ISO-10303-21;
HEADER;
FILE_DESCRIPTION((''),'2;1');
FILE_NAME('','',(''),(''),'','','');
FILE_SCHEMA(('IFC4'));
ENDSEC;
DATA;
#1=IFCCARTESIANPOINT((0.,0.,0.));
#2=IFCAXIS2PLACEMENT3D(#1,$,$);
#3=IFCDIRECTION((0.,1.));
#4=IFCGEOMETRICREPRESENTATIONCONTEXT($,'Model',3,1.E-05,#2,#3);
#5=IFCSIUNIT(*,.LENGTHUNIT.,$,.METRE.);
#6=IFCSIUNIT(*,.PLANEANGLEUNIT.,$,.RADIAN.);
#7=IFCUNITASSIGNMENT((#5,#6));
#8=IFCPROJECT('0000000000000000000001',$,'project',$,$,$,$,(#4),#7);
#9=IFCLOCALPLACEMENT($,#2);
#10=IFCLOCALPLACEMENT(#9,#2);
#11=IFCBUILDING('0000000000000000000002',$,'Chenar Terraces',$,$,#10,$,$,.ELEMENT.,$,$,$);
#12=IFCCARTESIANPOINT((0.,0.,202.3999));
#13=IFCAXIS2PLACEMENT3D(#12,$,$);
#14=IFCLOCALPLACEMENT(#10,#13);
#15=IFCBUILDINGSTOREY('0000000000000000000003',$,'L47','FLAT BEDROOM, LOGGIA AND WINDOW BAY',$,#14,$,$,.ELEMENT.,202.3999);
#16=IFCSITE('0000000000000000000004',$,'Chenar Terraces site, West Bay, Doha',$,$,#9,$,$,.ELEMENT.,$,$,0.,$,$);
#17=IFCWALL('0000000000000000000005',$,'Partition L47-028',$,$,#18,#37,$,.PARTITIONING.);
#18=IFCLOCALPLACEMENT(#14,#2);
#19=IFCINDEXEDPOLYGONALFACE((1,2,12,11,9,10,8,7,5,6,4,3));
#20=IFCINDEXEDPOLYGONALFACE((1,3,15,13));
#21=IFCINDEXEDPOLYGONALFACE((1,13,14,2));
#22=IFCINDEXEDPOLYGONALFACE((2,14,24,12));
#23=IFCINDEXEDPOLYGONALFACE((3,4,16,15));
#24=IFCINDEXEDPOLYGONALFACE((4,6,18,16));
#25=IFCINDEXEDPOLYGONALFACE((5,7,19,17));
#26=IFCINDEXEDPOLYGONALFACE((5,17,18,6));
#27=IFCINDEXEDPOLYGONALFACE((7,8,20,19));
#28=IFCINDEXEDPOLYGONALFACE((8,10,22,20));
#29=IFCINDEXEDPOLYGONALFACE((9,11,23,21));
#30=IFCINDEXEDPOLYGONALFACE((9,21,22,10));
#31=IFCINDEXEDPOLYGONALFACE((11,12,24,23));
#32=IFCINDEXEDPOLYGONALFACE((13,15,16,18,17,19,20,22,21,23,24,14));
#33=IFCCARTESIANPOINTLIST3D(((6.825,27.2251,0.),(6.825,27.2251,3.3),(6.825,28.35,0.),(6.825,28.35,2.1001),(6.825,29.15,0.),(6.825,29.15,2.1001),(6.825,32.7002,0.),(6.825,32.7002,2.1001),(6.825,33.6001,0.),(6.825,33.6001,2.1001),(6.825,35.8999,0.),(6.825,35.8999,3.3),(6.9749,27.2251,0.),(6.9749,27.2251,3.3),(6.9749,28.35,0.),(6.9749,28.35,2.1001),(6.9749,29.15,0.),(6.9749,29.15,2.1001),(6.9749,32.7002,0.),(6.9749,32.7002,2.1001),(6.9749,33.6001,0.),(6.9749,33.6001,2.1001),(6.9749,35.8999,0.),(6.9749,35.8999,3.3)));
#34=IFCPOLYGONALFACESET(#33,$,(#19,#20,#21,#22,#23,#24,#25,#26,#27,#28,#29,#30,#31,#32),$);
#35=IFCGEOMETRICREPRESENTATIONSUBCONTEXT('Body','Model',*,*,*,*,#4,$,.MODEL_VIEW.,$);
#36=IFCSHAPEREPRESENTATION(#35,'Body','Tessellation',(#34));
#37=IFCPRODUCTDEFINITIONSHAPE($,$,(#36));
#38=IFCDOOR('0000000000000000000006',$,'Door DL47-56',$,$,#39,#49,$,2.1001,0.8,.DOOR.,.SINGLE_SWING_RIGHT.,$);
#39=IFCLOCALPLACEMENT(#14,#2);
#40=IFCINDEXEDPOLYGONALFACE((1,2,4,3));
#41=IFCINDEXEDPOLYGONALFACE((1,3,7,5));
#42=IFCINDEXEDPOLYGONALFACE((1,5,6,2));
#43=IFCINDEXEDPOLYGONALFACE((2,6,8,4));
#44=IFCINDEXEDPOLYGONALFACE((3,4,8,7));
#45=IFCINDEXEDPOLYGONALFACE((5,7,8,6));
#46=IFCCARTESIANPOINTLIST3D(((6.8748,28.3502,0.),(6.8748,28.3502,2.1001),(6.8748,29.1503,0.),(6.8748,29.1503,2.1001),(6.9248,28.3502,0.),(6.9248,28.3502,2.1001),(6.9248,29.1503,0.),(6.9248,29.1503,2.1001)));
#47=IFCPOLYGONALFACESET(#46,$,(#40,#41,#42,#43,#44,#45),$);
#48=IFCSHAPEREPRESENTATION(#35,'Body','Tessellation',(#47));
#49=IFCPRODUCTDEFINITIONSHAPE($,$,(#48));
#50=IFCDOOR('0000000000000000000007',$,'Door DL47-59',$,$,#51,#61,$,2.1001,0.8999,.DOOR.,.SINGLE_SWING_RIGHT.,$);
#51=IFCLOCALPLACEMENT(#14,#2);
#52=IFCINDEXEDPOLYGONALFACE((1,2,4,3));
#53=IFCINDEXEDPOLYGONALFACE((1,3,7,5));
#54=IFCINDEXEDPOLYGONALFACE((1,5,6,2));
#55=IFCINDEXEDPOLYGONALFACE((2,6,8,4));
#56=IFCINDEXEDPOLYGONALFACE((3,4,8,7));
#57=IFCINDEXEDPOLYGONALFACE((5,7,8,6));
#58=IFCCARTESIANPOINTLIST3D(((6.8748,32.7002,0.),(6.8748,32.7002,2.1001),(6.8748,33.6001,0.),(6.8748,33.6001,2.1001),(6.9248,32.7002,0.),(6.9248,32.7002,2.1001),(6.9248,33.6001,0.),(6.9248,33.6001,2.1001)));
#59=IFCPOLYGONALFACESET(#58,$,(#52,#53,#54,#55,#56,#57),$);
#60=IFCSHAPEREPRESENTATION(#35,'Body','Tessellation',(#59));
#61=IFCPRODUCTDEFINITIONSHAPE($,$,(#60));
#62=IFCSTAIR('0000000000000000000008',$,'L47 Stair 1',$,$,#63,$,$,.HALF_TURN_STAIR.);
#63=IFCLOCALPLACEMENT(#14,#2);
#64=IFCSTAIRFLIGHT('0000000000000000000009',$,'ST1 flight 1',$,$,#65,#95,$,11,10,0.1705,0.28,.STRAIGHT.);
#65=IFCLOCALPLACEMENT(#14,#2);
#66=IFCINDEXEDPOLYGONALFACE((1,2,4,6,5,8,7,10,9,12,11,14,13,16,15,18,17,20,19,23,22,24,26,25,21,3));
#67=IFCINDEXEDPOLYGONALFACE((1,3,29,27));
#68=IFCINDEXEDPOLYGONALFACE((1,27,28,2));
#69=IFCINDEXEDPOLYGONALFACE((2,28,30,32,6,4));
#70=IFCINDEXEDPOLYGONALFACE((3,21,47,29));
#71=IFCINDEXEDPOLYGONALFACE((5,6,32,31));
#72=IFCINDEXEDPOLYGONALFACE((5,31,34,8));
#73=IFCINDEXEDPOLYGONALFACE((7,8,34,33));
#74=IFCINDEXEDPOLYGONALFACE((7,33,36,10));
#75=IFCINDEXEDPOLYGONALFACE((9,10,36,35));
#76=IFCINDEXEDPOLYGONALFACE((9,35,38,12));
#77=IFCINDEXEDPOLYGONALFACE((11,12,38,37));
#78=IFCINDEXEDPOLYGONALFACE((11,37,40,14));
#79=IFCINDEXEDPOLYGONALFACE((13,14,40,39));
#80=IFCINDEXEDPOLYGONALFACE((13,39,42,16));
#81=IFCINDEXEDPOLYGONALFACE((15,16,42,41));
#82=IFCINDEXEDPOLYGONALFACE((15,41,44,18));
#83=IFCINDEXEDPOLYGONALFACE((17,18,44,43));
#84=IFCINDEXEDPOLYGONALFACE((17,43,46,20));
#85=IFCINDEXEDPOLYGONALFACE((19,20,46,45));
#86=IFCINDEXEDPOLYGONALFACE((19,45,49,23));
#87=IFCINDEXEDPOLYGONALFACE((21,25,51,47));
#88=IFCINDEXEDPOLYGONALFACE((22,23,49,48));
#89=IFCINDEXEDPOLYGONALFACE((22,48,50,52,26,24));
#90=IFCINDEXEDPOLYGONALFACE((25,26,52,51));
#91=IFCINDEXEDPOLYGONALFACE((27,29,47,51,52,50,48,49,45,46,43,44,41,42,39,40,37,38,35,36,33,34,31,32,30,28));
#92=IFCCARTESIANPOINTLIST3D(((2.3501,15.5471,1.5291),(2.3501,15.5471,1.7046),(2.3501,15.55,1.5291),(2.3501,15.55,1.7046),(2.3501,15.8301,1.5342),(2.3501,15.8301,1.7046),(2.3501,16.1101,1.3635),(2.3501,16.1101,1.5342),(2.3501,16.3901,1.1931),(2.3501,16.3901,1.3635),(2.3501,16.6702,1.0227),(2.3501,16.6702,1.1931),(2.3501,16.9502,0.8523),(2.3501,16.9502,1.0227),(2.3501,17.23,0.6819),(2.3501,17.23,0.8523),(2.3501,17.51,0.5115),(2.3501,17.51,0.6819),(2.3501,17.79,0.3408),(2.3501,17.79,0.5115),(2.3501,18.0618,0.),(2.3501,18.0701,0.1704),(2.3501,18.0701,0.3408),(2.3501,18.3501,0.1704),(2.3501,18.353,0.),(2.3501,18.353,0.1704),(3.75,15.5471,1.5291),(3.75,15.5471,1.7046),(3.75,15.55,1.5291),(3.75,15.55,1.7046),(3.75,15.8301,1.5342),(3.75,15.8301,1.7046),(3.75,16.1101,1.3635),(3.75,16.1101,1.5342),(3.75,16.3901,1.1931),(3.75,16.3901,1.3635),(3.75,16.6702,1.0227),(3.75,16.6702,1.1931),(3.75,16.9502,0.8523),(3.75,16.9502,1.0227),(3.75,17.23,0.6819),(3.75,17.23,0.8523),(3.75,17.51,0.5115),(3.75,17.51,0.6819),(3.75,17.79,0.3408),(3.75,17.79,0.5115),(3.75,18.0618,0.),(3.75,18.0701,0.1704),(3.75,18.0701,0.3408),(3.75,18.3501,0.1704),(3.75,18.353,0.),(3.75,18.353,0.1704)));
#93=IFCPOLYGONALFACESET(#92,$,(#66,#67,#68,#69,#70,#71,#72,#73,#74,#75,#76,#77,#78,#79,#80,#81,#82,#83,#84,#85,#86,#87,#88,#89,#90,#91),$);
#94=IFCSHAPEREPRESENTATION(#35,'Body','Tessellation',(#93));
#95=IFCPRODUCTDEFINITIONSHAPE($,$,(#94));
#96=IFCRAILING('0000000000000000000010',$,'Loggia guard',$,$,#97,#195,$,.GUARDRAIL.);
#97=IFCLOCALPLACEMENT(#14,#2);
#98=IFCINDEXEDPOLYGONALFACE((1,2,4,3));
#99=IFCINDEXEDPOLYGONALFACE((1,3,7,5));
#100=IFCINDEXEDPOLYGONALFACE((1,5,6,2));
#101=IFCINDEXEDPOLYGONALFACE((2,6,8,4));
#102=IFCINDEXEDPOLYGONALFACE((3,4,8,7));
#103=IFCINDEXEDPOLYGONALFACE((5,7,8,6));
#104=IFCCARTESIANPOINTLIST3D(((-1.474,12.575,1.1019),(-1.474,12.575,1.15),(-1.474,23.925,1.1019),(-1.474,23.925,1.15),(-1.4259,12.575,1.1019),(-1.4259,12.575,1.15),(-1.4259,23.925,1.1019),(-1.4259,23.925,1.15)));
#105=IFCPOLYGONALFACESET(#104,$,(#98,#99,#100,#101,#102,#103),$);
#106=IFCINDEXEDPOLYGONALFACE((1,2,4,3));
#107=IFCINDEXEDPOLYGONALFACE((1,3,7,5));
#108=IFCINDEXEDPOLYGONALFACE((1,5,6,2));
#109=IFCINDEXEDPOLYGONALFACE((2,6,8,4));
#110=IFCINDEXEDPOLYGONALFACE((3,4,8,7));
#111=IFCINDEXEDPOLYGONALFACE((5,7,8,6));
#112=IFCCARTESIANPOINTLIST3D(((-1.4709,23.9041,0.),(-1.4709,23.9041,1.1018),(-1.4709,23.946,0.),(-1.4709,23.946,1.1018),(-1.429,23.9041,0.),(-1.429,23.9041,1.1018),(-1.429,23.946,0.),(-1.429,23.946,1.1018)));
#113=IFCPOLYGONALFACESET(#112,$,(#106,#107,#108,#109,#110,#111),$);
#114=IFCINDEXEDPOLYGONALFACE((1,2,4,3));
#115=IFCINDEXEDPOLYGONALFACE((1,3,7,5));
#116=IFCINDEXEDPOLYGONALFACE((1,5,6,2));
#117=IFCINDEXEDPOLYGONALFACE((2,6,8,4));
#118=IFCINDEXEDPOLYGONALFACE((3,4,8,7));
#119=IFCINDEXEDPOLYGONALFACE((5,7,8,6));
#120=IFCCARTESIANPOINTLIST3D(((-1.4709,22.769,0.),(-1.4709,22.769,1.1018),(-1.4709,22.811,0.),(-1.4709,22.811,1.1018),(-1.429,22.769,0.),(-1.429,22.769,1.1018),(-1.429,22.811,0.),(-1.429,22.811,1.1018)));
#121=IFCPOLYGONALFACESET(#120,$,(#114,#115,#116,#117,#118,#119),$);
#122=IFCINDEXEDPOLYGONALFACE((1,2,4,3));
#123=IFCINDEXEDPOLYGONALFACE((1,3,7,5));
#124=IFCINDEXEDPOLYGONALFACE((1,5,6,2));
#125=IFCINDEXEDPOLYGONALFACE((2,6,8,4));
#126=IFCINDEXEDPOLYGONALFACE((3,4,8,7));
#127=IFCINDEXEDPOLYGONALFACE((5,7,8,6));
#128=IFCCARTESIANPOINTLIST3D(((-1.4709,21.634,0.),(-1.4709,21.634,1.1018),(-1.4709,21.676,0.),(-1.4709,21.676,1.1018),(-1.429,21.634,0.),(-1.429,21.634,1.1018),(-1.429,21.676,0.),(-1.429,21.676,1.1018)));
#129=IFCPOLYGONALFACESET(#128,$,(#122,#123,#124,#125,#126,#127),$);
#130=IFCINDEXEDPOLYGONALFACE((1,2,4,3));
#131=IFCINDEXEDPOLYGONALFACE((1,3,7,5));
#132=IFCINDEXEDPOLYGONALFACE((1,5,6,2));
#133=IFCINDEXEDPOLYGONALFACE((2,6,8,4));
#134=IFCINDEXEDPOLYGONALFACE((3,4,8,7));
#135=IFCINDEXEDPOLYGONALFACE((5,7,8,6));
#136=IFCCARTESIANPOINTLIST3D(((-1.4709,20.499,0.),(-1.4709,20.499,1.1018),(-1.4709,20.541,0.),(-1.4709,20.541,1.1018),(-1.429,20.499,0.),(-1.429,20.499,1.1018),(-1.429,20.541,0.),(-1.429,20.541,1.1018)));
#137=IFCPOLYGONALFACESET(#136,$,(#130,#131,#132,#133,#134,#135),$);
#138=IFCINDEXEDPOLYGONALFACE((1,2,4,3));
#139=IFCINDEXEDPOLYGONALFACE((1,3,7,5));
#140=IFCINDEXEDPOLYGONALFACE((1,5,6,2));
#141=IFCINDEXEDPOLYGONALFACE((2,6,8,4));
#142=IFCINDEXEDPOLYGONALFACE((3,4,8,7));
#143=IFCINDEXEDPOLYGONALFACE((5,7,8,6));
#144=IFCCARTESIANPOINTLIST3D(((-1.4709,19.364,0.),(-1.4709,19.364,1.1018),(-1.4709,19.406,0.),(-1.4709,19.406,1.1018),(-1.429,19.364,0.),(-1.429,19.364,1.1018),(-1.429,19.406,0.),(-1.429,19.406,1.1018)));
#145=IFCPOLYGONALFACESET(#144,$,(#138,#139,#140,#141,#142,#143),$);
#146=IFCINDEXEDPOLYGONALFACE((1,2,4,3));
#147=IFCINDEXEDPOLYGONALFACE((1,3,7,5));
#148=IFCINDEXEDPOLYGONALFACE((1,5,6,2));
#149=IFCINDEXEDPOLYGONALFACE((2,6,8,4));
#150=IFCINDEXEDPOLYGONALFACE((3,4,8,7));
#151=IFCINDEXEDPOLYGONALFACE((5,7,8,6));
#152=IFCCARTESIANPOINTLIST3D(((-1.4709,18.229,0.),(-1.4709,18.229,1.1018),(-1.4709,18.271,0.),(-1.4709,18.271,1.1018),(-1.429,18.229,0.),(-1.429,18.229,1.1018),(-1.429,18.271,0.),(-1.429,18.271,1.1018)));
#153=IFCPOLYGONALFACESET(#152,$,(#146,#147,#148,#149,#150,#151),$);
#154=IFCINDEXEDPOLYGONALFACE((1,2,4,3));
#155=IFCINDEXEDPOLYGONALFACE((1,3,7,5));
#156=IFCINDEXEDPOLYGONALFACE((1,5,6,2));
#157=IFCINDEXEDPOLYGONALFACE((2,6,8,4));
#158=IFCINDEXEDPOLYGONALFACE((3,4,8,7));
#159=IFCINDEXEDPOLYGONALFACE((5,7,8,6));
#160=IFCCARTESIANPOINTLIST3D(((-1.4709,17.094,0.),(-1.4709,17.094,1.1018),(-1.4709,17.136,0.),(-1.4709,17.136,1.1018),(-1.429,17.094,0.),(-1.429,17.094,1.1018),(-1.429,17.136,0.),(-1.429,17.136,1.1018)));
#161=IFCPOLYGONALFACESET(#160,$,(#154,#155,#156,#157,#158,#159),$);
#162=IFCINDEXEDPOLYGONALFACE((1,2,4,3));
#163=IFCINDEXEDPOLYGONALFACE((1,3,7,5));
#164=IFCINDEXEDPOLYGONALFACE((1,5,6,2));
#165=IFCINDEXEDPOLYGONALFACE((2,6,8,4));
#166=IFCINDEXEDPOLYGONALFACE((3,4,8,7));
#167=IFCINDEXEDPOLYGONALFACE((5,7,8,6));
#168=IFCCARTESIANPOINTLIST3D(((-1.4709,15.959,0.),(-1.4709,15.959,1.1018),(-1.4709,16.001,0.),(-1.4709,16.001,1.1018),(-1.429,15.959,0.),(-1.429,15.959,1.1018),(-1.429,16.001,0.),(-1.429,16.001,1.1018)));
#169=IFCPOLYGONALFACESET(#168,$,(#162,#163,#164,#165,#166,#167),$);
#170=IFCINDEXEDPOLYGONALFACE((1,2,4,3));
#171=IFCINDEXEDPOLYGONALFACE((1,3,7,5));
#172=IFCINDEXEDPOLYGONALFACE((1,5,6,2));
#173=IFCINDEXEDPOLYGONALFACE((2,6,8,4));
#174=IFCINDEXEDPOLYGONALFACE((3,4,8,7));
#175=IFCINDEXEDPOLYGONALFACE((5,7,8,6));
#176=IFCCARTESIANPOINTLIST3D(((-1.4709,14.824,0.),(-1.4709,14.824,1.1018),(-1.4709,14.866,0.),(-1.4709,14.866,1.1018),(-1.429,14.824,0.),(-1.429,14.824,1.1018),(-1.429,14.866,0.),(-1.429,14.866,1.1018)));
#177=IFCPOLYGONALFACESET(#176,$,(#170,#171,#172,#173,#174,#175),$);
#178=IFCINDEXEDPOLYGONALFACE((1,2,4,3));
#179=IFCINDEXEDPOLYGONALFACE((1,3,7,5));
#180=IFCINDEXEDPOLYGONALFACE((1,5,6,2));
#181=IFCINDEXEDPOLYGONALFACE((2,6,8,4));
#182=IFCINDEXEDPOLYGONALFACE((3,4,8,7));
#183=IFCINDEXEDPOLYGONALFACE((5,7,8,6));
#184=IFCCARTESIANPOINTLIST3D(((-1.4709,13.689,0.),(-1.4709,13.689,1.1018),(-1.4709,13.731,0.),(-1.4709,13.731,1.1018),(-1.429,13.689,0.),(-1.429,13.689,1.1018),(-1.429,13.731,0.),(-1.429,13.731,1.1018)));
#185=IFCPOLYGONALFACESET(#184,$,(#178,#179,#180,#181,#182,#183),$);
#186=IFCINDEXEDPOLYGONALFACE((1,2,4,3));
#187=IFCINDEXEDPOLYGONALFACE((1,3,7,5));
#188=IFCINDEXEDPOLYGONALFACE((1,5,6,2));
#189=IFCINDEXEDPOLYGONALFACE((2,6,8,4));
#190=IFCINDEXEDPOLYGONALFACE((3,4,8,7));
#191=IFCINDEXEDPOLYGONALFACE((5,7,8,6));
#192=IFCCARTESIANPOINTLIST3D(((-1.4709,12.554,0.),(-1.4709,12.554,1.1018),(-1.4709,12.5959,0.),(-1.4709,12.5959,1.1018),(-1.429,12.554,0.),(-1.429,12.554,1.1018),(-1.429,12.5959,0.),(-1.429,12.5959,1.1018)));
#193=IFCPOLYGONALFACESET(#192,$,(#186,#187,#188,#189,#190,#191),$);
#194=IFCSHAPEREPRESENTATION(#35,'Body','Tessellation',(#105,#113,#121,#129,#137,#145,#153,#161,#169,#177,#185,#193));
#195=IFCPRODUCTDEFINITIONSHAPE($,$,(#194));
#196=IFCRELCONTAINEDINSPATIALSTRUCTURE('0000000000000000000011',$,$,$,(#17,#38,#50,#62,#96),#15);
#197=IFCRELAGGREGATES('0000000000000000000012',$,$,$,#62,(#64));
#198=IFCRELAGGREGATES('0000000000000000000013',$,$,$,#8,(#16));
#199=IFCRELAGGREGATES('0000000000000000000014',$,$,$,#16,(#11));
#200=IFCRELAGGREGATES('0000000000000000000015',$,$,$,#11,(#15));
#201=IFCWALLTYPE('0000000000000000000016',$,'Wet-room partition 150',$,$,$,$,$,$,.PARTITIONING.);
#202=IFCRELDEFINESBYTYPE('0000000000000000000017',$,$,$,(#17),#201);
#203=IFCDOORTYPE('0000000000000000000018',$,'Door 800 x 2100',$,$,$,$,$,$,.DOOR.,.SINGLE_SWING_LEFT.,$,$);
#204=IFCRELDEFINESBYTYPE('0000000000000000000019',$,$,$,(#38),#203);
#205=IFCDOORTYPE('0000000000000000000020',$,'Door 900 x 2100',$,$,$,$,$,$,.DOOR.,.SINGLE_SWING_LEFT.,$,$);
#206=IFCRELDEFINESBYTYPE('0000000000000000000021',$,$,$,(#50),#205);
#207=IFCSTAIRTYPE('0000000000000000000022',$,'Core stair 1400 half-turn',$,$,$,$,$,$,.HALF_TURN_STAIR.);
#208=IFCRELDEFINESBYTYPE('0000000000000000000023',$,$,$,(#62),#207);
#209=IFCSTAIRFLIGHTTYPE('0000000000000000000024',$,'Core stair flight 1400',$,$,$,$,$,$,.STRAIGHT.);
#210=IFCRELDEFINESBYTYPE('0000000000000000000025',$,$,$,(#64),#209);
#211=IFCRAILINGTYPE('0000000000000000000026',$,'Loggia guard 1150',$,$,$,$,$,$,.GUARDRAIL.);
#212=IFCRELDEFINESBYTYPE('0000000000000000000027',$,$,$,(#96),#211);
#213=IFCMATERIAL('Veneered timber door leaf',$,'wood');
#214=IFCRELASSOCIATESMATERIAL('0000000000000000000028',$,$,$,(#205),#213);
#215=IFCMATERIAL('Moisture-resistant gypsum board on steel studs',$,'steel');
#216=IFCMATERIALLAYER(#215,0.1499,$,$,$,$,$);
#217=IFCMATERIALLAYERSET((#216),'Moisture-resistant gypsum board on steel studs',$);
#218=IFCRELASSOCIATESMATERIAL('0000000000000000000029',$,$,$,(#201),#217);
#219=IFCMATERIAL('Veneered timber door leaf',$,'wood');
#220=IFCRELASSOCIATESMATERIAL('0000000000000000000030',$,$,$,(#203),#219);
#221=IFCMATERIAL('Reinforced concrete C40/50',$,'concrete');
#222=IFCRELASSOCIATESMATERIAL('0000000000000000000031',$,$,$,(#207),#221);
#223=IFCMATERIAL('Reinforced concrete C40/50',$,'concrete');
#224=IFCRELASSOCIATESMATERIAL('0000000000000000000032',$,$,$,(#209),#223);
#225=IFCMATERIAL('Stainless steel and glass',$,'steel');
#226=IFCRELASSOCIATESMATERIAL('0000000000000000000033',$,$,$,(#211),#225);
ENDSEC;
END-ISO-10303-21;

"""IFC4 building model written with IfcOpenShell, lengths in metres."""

from ifc_helpers import new_model, si_unit, direction, frame, frame_2d, origin, origin_2d, place, context, subcontext, project, spatial, polyline, rectangle, outline, extrude, material, layer, layer_set, type_object, element, fill, aggregate, save


model = new_model("IFC4")

# Units and contexts
model_context = context("Model", 3, precision=1e-05, world=origin(), true_north=direction((0.0, 1.0)))
body_context = subcontext(model_context, "Body", "Model", "MODEL_VIEW")
ifc_project = project(units=[si_unit("LENGTHUNIT", "METRE"), si_unit("PLANEANGLEUNIT", "RADIAN")], contexts=[model_context])

# Site, building, storey
site_placement = place(None, origin())
site = spatial("IfcSite", under=ifc_project, at=site_placement, Name="Chenar Terraces site, West Bay, Doha", CompositionType="ELEMENT", RefElevation=0.0)
building_placement = place(site_placement, origin())
building = spatial("IfcBuilding", under=site, at=building_placement, Name="Chenar Terraces", CompositionType="ELEMENT")
storey_placement = place(building_placement, frame((0.0, 0.0, 202.3999)))
storey = spatial("IfcBuildingStorey", under=building, at=storey_placement, Name="L47", Description="FLAT BEDROOM, LOGGIA AND WINDOW BAY", CompositionType="ELEMENT", Elevation=202.3999)

# Shared definitions
ifc_material_1 = material(Name="Veneered timber door leaf", Category="wood")
door_type_1 = type_object("IfcDoorType", Name="Door 900 x 2100", OperationType="SINGLE_SWING_LEFT", PredefinedType="DOOR", material=ifc_material_1)

# Wall, openings, doors
ifc_material_2 = material(Name="Moisture-resistant gypsum board on steel studs", Category="steel")
ifc_layer_1 = layer(ifc_material_2, 0.1499)
ifc_layer_set_1 = layer_set([ifc_layer_1], Name="Moisture-resistant gypsum board on steel studs")
wall_type_1 = type_object("IfcWallType", Name="Wet-room partition 150", PredefinedType="PARTITIONING", material=ifc_layer_set_1)
wall_1_placement = place(storey_placement, frame((6.8999, 27.2251, 0.0), z_axis=(0.0, 0.0, 1.0), x_axis=(0.0, 1.0, 0.0)))
wall_1 = element("IfcWall", 1, at=wall_1_placement, inside=storey, type_object=wall_type_1, Name="Partition L47-028", PredefinedType="PARTITIONING", context=body_context, shape_type="SweptSolid", body=[
    extrude(rectangle(XDim=8.6748, YDim=0.1499, at=frame_2d((4.3374, 0.0))), origin(), (0.0, 0.0, 1.0), 3.3),
])
opening_1_placement = place(wall_1_placement, frame((1.125, 0.0, 0.0)))
opening_1 = element("IfcOpeningElement", 2, at=opening_1_placement, cuts=wall_1, PredefinedType="OPENING", context=body_context, shape_type="SweptSolid", body=[
    extrude(rectangle(XDim=0.8, YDim=2.1001, at=frame_2d((0.3999, 1.05))), frame((0.0, 0.085, 0.0), z_axis=(0.0, -1.0, 0.0), x_axis=(1.0, 0.0, 0.0)), (0.0, 0.0, 1.0), 0.1699),
])
opening_2_placement = place(wall_1_placement, frame((5.4751, 0.0, 0.0)))
opening_2 = element("IfcOpeningElement", 3, at=opening_2_placement, cuts=wall_1, PredefinedType="OPENING", context=body_context, shape_type="SweptSolid", body=[
    extrude(rectangle(XDim=0.8999, YDim=2.1001, at=frame_2d((0.45, 1.05))), frame((0.0, 0.085, 0.0), z_axis=(0.0, -1.0, 0.0), x_axis=(1.0, 0.0, 0.0)), (0.0, 0.0, 1.0), 0.1699),
])
ifc_material_3 = material(Name="Veneered timber door leaf", Category="wood")
door_type_2 = type_object("IfcDoorType", Name="Door 800 x 2100", OperationType="SINGLE_SWING_LEFT", PredefinedType="DOOR", material=ifc_material_3)
door_1_placement = place(opening_1_placement, frame((0.8, 0.0, 0.0), z_axis=(0.0, 0.0, 1.0), x_axis=(-1.0, 0.0, 0.0)))
door_1 = element("IfcDoor", 4, at=door_1_placement, inside=storey, type_object=door_type_2, Name="Door DL47-56", OperationType="SINGLE_SWING_RIGHT", OverallHeight=2.1001, OverallWidth=0.8, PredefinedType="DOOR", context=body_context, shape_type="SweptSolid", body=[
    extrude(rectangle(XDim=0.8, YDim=2.1001, at=frame_2d((0.3999, 1.05))), frame((0.0, 0.0249, 0.0), z_axis=(0.0, -1.0, 0.0), x_axis=(1.0, 0.0, 0.0)), (0.0, 0.0, 1.0), 0.05),
])
fill(opening_1, door_1)
door_2_placement = place(opening_2_placement, frame((0.8999, 0.0, 0.0), z_axis=(0.0, 0.0, 1.0), x_axis=(-1.0, 0.0, 0.0)))
door_2 = element("IfcDoor", 5, at=door_2_placement, inside=storey, type_object=door_type_1, Name="Door DL47-59", OperationType="SINGLE_SWING_RIGHT", OverallHeight=2.1001, OverallWidth=0.8999, PredefinedType="DOOR", context=body_context, shape_type="SweptSolid", body=[
    extrude(rectangle(XDim=0.8999, YDim=2.1001, at=frame_2d((0.45, 1.05))), frame((0.0, 0.0249, 0.0), z_axis=(0.0, -1.0, 0.0), x_axis=(1.0, 0.0, 0.0)), (0.0, 0.0, 1.0), 0.05),
])
fill(opening_2, door_2)

# Stair, stair flight
ifc_material_4 = material(Name="Reinforced concrete C40/50", Category="concrete")
stair_type = type_object("IfcStairType", Name="Core stair 1400 half-turn", PredefinedType="HALF_TURN_STAIR", material=ifc_material_4)
stair_placement = place(storey_placement, origin())
stair = element("IfcStair", 6, at=stair_placement, inside=storey, type_object=stair_type, Name="L47 Stair 1", PredefinedType="HALF_TURN_STAIR")
ifc_material_5 = material(Name="Reinforced concrete C40/50", Category="concrete")
stair_flight_type = type_object("IfcStairFlightType", Name="Core stair flight 1400", PredefinedType="STRAIGHT", material=ifc_material_5)
stair_flight_placement = place(storey_placement, frame((3.05, 18.3501, 0.0), z_axis=(0.0, 0.0, 1.0), x_axis=(0.0, -1.0, 0.0)))
stair_flight = element("IfcStairFlight", 7, at=stair_flight_placement, type_object=stair_flight_type, Name="ST1 flight 1", NumberOfRisers=11, NumberOfTreads=10, PredefinedType="STRAIGHT", RiserHeight=0.1705, TreadLength=0.28, context=body_context, shape_type="SweptSolid", body=[
    extrude(outline(polyline([(-0.0029, 0.0), (-0.0029, 0.1704), (0.0, 0.1704), (0.28, 0.1704), (0.28, 0.3408), (0.5601, 0.3408), (0.5601, 0.5115), (0.8401, 0.5115), (0.8401, 0.6819), (1.1201, 0.6819), (1.1201, 0.8523), (1.3999, 0.8523), (1.3999, 1.0227), (1.6799, 1.0227), (1.6799, 1.1931), (1.96, 1.1931), (1.96, 1.3635), (2.24, 1.3635), (2.24, 1.5342), (2.52, 1.5342), (2.52, 1.7046), (2.8, 1.7046), (2.803, 1.7046), (2.803, 1.5291), (2.8, 1.5291), (0.2883, 0.0), (-0.0029, 0.0)])), frame((0.0, 0.7, 0.0), z_axis=(0.0, -1.0, 0.0), x_axis=(1.0, 0.0, 0.0)), (0.0, 0.0, 1.0), 1.3999),
])
aggregate(stair, [stair_flight])

# Railing
ifc_material_6 = material(Name="Stainless steel and glass", Category="steel")
railing_type_1 = type_object("IfcRailingType", Name="Loggia guard 1150", PredefinedType="GUARDRAIL", material=ifc_material_6)
railing_1_placement = place(storey_placement, frame((-1.45, 23.925, 0.0)))
element("IfcRailing", 8, at=railing_1_placement, inside=storey, type_object=railing_type_1, Name="Loggia guard", PredefinedType="GUARDRAIL", context=body_context, shape_type="SweptSolid", body=[
    extrude(rectangle(XDim=0.0481, YDim=0.0481, at=origin_2d()), frame((0.0, 0.0, 1.126), z_axis=(0.0, -1.0, 0.0), x_axis=(1.0, 0.0, 0.0)), (0.0, 0.0, 1.0), 11.3501),
    extrude(rectangle(XDim=0.042, YDim=0.042, at=origin_2d()), origin(), (0.0, 0.0, 1.0), 1.1018),
    extrude(rectangle(XDim=0.042, YDim=0.042, at=origin_2d()), frame((0.0, -1.135, 0.0)), (0.0, 0.0, 1.0), 1.1018),
    extrude(rectangle(XDim=0.042, YDim=0.042, at=origin_2d()), frame((0.0, -2.27, 0.0)), (0.0, 0.0, 1.0), 1.1018),
    extrude(rectangle(XDim=0.042, YDim=0.042, at=origin_2d()), frame((0.0, -3.405, 0.0)), (0.0, 0.0, 1.0), 1.1018),
    extrude(rectangle(XDim=0.042, YDim=0.042, at=origin_2d()), frame((0.0, -4.54, 0.0)), (0.0, 0.0, 1.0), 1.1018),
    extrude(rectangle(XDim=0.042, YDim=0.042, at=origin_2d()), frame((0.0, -5.675, 0.0)), (0.0, 0.0, 1.0), 1.1018),
    extrude(rectangle(XDim=0.042, YDim=0.042, at=origin_2d()), frame((0.0, -6.8101, 0.0)), (0.0, 0.0, 1.0), 1.1018),
    extrude(rectangle(XDim=0.042, YDim=0.042, at=origin_2d()), frame((0.0, -7.9451, 0.0)), (0.0, 0.0, 1.0), 1.1018),
    extrude(rectangle(XDim=0.042, YDim=0.042, at=origin_2d()), frame((0.0, -9.0801, 0.0)), (0.0, 0.0, 1.0), 1.1018),
    extrude(rectangle(XDim=0.042, YDim=0.042, at=origin_2d()), frame((0.0, -10.2151, 0.0)), (0.0, 0.0, 1.0), 1.1018),
    extrude(rectangle(XDim=0.042, YDim=0.042, at=origin_2d()), frame((0.0, -11.3501, 0.0)), (0.0, 0.0, 1.0), 1.1018),
])

save(model, "model.ifc")
